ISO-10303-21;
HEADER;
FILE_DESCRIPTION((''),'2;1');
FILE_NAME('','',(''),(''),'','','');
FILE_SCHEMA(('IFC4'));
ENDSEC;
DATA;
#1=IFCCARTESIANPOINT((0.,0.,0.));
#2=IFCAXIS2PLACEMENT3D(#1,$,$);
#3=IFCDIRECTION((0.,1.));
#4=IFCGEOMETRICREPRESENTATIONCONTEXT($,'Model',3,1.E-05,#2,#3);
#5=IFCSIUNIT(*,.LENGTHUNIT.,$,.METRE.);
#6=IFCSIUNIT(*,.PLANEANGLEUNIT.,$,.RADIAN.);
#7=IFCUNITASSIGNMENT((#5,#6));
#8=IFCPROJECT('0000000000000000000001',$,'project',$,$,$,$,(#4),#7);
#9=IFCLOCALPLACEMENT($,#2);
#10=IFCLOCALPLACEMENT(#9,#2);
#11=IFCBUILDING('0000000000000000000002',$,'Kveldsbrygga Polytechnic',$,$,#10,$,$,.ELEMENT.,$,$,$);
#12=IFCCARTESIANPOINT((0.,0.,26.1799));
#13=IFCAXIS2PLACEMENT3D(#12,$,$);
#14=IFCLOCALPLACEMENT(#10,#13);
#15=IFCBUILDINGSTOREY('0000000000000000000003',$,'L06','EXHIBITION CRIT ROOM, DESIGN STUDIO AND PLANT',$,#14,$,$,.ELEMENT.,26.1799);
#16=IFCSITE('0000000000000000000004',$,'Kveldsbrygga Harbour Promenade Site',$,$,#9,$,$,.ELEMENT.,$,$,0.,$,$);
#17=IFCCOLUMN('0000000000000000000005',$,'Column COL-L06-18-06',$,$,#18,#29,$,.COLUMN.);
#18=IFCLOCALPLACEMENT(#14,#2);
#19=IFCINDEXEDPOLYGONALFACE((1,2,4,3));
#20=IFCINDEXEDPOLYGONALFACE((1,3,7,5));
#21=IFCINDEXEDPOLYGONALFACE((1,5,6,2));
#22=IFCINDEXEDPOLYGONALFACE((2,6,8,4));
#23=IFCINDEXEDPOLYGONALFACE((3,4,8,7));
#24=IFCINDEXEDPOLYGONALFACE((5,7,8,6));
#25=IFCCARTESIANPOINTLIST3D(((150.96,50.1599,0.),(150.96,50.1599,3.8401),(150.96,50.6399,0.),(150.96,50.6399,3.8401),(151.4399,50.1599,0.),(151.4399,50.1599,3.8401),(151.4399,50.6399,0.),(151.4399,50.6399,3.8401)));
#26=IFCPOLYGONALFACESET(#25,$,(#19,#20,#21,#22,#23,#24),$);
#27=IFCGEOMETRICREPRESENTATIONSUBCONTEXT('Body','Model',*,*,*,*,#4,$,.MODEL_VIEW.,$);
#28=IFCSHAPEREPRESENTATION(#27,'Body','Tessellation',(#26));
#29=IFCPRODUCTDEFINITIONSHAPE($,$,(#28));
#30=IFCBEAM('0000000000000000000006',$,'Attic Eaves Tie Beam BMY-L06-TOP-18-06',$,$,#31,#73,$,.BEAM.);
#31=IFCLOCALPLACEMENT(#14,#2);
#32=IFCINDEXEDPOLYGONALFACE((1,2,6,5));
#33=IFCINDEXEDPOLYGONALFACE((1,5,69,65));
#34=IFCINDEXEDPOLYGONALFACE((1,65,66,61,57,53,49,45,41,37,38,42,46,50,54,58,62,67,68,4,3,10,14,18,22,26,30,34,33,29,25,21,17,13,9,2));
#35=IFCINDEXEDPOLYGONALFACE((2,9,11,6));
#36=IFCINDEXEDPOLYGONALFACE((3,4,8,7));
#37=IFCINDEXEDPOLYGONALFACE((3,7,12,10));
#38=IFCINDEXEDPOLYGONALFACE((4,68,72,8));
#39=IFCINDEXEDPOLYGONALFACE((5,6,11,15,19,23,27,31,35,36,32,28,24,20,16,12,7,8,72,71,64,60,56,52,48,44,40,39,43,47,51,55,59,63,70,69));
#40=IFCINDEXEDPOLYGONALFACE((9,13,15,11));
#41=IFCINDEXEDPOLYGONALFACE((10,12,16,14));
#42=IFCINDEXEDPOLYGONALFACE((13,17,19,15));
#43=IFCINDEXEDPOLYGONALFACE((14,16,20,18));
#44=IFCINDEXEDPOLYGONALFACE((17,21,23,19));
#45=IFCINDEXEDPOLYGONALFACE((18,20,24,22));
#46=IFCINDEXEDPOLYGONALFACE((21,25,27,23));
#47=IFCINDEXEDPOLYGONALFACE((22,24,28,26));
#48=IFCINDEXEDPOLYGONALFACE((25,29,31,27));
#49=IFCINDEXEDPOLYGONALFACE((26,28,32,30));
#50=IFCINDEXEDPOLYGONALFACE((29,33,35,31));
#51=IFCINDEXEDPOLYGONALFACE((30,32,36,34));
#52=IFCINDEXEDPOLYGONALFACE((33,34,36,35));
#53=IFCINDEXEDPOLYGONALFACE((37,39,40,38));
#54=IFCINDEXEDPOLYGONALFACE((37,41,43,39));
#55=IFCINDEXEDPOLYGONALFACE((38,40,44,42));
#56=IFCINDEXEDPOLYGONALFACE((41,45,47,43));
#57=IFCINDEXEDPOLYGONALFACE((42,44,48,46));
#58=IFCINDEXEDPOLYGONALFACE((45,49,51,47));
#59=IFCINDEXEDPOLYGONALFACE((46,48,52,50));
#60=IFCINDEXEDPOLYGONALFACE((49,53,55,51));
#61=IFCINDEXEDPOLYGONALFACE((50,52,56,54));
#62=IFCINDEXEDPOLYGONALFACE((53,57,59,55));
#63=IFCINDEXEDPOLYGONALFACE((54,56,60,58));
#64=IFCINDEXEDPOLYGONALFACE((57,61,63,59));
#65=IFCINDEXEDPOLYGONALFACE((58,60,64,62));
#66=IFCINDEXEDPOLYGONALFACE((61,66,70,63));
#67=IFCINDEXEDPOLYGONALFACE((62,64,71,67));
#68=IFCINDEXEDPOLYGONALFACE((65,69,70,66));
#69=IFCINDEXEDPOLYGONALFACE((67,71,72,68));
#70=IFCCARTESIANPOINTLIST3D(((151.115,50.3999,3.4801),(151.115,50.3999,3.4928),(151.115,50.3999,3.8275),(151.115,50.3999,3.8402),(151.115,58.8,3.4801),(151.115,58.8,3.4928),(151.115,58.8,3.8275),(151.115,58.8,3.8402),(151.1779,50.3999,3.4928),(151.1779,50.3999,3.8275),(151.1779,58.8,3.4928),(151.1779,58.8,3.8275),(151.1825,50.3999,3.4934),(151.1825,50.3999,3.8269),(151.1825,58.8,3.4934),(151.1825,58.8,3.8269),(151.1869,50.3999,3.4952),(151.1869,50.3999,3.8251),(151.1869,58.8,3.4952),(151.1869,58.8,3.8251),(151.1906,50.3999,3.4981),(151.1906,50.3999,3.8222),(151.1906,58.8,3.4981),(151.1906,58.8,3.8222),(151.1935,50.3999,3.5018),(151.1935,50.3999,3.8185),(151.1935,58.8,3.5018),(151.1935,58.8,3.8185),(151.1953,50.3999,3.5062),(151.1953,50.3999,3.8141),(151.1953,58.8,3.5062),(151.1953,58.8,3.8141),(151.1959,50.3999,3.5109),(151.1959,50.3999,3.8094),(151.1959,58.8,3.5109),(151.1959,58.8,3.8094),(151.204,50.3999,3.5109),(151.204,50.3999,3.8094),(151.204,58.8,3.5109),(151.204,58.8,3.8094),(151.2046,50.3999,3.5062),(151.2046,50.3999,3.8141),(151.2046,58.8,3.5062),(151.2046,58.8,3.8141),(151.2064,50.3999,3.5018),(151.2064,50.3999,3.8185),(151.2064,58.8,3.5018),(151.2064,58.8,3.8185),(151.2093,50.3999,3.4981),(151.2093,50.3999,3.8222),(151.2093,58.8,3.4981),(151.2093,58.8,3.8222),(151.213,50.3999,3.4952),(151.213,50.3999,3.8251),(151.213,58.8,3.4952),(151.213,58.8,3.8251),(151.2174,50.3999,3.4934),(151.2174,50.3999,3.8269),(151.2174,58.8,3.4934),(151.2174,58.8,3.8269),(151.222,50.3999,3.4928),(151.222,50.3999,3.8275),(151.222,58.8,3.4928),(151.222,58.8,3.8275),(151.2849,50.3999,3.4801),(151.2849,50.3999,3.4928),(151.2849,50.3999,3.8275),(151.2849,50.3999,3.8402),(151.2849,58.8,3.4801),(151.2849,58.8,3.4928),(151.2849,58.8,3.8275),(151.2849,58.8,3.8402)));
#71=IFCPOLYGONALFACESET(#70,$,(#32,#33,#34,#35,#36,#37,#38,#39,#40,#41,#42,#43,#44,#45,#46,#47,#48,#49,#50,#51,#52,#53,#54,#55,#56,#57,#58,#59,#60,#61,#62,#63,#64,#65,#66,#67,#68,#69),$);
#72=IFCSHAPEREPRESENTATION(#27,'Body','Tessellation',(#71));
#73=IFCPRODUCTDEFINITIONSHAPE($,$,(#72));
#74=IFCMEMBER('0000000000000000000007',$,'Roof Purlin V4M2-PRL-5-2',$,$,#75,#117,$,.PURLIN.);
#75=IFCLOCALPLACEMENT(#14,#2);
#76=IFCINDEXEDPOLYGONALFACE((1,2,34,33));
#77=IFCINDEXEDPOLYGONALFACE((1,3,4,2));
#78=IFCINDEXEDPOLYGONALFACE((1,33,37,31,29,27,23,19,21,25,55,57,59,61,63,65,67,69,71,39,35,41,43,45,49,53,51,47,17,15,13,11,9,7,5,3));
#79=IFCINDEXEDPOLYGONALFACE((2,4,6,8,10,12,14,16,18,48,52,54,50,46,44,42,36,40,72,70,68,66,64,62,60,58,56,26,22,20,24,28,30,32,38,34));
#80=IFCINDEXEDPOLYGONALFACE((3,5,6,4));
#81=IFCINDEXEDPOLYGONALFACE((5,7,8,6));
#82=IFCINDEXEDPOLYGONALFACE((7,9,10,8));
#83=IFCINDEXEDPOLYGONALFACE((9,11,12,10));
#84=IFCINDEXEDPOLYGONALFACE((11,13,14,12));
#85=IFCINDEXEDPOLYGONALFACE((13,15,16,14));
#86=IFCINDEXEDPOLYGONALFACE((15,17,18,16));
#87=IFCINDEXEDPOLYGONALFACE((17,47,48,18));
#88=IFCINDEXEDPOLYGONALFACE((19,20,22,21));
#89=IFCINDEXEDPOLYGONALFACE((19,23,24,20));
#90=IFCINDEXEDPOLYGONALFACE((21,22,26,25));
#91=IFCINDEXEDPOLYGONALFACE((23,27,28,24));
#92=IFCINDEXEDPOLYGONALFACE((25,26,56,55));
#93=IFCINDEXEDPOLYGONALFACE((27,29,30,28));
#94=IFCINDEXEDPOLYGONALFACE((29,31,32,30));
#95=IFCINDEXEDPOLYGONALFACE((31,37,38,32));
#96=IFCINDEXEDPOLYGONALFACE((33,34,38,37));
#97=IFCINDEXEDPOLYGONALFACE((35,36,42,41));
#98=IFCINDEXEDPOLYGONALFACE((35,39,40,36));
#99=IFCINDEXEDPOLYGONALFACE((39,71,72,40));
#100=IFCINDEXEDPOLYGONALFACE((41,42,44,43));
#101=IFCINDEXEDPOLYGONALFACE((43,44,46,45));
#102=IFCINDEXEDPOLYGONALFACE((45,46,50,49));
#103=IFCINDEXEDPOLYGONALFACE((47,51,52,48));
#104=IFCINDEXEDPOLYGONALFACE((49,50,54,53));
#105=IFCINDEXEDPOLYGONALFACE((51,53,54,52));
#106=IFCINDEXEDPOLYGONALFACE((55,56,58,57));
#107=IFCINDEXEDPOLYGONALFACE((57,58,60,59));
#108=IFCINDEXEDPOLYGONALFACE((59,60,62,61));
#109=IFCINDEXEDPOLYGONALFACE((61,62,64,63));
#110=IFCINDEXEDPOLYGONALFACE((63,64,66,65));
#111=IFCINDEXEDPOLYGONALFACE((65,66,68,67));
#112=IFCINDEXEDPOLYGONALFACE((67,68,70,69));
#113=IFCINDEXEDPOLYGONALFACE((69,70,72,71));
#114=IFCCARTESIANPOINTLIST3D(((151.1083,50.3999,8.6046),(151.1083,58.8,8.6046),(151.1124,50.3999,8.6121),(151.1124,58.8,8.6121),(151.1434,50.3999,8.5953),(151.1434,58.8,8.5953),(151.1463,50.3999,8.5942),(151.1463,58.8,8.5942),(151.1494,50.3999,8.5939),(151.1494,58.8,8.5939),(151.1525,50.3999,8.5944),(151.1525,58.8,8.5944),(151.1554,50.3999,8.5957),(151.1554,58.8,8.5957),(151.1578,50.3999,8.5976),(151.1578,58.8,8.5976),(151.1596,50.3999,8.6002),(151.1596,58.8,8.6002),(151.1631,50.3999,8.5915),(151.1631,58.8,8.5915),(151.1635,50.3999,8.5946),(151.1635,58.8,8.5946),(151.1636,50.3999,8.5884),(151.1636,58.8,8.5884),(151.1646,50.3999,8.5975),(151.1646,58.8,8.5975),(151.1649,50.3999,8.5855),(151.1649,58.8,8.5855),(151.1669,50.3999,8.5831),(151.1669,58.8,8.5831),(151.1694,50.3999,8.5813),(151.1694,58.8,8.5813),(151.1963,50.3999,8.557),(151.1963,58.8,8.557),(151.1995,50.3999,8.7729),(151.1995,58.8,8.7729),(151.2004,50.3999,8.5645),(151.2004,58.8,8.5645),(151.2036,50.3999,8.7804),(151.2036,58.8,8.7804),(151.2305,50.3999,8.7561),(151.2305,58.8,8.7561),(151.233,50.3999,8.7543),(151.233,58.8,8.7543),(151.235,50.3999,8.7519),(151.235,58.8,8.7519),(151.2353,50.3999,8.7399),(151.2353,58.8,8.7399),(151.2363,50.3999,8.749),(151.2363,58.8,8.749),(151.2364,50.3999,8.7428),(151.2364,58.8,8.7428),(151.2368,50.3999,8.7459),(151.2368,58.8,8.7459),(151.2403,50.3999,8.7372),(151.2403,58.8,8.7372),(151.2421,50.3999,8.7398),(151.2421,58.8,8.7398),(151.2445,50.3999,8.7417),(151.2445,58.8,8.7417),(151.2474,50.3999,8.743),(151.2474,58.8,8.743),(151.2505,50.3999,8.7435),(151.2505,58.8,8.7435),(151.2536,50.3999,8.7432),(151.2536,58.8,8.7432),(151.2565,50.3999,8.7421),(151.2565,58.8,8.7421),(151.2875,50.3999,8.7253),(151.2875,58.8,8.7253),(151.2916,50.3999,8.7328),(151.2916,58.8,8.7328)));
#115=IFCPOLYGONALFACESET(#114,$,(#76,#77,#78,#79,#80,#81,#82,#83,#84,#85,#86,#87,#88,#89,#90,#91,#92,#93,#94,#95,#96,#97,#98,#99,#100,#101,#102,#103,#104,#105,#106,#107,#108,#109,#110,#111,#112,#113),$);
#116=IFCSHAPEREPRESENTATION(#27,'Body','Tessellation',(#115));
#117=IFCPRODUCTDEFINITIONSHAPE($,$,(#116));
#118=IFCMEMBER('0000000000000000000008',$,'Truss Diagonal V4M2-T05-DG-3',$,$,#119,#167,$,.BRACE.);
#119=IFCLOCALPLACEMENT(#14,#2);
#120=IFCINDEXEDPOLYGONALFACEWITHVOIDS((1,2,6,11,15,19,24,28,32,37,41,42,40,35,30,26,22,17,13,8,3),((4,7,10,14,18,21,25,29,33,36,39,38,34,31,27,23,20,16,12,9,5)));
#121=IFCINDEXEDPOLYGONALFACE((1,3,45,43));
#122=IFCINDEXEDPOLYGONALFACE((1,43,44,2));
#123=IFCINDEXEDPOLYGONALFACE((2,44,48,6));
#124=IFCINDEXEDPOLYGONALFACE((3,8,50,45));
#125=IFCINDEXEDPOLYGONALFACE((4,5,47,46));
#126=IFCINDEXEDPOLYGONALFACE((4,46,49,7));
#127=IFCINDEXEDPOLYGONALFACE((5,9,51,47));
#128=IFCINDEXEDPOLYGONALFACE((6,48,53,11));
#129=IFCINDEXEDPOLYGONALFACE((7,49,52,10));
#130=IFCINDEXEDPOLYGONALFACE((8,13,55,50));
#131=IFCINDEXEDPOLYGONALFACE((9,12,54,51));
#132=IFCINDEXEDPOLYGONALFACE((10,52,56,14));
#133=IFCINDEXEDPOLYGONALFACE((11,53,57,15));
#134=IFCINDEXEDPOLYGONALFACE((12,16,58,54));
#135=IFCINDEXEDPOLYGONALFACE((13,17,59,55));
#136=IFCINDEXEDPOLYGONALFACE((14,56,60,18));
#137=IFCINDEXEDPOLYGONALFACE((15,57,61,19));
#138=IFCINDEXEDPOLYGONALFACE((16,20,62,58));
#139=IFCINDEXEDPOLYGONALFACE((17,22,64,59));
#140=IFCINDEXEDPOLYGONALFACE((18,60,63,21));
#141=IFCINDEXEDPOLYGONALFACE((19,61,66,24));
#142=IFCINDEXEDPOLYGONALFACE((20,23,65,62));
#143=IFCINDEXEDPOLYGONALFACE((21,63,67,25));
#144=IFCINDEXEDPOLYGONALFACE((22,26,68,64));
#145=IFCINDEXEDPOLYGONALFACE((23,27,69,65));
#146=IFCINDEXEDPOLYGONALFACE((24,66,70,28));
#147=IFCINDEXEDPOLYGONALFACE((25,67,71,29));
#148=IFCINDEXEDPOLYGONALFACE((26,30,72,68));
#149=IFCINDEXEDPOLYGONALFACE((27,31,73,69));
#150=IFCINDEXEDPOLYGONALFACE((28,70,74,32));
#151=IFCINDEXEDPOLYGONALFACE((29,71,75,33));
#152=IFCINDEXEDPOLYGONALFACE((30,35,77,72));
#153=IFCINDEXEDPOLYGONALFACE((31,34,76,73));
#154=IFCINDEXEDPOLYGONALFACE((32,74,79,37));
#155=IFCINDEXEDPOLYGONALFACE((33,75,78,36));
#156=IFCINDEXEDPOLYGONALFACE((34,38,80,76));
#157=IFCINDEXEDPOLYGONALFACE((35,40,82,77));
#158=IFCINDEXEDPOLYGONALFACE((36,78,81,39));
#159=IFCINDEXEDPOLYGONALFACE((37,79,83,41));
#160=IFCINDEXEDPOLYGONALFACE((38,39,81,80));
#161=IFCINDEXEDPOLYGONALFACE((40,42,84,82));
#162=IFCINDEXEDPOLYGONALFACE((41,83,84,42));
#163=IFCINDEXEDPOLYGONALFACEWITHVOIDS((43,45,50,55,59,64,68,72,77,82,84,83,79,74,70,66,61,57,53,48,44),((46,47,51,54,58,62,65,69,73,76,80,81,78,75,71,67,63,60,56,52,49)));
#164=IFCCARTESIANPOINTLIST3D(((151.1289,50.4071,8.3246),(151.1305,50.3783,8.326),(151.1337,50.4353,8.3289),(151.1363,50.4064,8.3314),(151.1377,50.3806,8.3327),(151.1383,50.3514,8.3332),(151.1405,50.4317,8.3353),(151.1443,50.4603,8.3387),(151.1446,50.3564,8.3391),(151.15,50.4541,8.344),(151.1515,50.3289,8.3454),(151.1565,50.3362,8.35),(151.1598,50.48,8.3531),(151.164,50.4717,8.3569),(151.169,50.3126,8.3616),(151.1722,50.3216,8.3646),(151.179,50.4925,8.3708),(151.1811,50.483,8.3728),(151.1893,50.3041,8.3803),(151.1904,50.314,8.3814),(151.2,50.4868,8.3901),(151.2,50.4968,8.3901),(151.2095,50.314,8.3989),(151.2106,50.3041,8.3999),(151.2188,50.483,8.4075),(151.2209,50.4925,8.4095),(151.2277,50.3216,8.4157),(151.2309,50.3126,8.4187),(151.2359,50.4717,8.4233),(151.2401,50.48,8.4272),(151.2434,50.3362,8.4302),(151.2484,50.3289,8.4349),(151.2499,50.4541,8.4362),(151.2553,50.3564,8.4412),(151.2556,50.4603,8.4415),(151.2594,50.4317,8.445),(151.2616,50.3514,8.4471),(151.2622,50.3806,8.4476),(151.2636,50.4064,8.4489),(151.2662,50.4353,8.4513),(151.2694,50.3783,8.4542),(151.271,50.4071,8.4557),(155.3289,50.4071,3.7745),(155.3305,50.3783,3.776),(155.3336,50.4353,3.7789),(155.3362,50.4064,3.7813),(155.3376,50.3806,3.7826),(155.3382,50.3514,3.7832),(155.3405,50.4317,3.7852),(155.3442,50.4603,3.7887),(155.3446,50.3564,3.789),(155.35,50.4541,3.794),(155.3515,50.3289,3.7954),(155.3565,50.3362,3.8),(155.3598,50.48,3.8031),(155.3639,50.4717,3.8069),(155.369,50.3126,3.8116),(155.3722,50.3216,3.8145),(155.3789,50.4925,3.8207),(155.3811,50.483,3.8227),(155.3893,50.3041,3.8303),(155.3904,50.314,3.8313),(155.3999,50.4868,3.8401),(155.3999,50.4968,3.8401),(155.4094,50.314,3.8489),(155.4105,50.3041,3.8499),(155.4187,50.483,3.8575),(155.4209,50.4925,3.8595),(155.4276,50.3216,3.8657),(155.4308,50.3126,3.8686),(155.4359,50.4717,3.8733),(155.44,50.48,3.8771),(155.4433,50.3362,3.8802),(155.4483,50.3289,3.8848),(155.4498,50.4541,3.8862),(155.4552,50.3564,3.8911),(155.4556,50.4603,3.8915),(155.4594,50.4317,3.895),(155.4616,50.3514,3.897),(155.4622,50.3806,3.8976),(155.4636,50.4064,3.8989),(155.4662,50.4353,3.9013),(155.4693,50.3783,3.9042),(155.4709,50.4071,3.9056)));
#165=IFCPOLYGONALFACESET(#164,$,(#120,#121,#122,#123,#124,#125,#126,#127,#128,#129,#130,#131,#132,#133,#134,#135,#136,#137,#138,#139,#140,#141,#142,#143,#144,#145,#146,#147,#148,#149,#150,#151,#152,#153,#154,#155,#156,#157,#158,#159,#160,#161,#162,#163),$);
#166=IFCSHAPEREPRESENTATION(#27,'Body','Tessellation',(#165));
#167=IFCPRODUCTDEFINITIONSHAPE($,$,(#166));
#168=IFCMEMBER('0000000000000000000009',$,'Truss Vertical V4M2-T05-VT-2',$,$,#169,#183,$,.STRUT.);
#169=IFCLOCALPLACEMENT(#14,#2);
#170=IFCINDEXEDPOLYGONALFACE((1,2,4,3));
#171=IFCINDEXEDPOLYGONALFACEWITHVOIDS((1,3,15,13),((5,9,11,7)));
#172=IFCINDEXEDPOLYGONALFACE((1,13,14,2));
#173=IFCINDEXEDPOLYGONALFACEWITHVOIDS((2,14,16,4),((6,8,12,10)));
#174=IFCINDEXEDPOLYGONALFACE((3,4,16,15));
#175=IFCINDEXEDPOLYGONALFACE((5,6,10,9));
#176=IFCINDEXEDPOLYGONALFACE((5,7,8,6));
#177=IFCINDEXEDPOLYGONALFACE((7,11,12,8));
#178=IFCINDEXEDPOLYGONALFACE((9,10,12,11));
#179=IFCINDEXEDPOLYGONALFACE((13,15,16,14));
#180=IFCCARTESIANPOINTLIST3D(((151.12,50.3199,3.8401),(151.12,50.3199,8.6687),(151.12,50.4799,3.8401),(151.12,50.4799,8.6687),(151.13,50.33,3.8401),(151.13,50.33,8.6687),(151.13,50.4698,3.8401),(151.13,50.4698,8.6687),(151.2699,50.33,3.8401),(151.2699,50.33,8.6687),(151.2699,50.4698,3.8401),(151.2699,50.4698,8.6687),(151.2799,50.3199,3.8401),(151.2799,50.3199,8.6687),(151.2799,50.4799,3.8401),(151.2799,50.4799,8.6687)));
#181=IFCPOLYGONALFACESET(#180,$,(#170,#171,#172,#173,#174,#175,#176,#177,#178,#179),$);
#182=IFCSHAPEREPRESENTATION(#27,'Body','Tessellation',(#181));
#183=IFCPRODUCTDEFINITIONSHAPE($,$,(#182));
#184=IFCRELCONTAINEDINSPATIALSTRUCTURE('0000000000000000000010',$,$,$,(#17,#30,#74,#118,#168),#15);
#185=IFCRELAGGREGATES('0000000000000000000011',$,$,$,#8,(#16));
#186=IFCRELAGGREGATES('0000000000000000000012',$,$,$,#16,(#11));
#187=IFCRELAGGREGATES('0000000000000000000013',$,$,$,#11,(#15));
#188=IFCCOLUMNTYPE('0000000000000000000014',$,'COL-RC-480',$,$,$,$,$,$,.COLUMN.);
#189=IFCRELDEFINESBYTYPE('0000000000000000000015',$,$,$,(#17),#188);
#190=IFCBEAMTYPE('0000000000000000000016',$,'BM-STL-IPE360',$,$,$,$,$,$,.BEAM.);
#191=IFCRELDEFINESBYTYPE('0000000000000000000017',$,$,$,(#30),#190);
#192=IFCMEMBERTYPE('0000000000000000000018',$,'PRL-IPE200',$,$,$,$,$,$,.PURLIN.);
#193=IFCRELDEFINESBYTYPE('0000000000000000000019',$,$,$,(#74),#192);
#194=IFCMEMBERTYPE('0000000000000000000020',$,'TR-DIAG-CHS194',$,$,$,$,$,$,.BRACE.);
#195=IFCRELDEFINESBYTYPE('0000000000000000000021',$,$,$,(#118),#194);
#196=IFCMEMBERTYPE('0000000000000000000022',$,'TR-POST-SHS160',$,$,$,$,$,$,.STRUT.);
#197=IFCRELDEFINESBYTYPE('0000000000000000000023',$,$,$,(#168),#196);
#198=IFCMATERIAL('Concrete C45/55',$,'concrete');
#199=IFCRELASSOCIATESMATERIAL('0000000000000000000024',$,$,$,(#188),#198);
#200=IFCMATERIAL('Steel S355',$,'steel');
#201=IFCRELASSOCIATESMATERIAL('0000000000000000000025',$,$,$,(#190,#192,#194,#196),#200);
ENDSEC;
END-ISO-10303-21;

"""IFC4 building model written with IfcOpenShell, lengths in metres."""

from ifc_helpers import new_model, si_unit, direction, frame, origin, origin_2d, place, context, subcontext, project, spatial, rectangle, hollow_rectangle, hollow_circle, i_section, extrude, material, material_profile, profile_set, type_object, element, save


model = new_model("IFC4")

# Units and contexts
model_context = context("Model", 3, precision=1e-05, world=origin(), true_north=direction((0.0, 1.0)))
body_context = subcontext(model_context, "Body", "Model", "MODEL_VIEW")
ifc_project = project(units=[si_unit("LENGTHUNIT", "METRE"), si_unit("PLANEANGLEUNIT", "RADIAN")], contexts=[model_context])

# Site, building, storey
site_placement = place(None, origin())
site = spatial("IfcSite", under=ifc_project, at=site_placement, Name="Kveldsbrygga Harbour Promenade Site", CompositionType="ELEMENT", RefElevation=0.0)
building_placement = place(site_placement, origin())
building = spatial("IfcBuilding", under=site, at=building_placement, Name="Kveldsbrygga Polytechnic", CompositionType="ELEMENT")
storey_placement = place(building_placement, frame((0.0, 0.0, 26.1799)))
storey = spatial("IfcBuildingStorey", under=building, at=storey_placement, Name="L06", Description="EXHIBITION CRIT ROOM, DESIGN STUDIO AND PLANT", CompositionType="ELEMENT", Elevation=26.1799)

# Column
ifc_material_1 = material(Name="Concrete C45/55", Category="concrete")
ifc_material_profile_1 = material_profile(ifc_material_1, rectangle(XDim=0.48, YDim=0.48, at=origin_2d()), Name="RC 480x480")
ifc_profile_set_1 = profile_set([ifc_material_profile_1], Name="Concrete C45/55")
column_type = type_object("IfcColumnType", Name="COL-RC-480", PredefinedType="COLUMN", material=ifc_profile_set_1)
column_placement = place(storey_placement, frame((151.2, 50.3999, 0.0), z_axis=(0.0, 0.0, 1.0), x_axis=(1.0, 0.0, 0.0)))
element("IfcColumn", 1, at=column_placement, inside=storey, type_object=column_type, Name="Column COL-L06-18-06", PredefinedType="COLUMN", context=body_context, shape_type="SweptSolid", body=[
    extrude(rectangle(XDim=0.48, YDim=0.48, at=origin_2d()), origin(), (0.0, 0.0, 1.0), 3.8401),
])

# Beam
ifc_material_2 = material(Name="Steel S355", Category="steel")
ifc_material_profile_2 = material_profile(ifc_material_2, i_section(OverallWidth=0.1699, OverallDepth=0.3601, WebThickness=0.0081, FlangeThickness=0.0127, FilletRadius=0.0181, at=origin_2d()), Name="IPE 360")
ifc_profile_set_2 = profile_set([ifc_material_profile_2], Name="Steel S355")
beam_type = type_object("IfcBeamType", Name="BM-STL-IPE360", PredefinedType="BEAM", material=ifc_profile_set_2)
beam_placement = place(storey_placement, frame((151.2, 50.3999, 3.6602), z_axis=(0.0, 1.0, 0.0), x_axis=(-1.0, 0.0, 0.0)))
element("IfcBeam", 2, at=beam_placement, inside=storey, type_object=beam_type, Name="Attic Eaves Tie Beam BMY-L06-TOP-18-06", PredefinedType="BEAM", context=body_context, shape_type="SweptSolid", body=[
    extrude(i_section(OverallWidth=0.1699, OverallDepth=0.3601, WebThickness=0.0081, FlangeThickness=0.0127, FilletRadius=0.0181, at=origin_2d()), origin(), (0.0, 0.0, 1.0), 8.4001),
])

# Members
ifc_material_profile_3 = material_profile(ifc_material_2, i_section(OverallWidth=0.1001, OverallDepth=0.2, WebThickness=0.0056, FlangeThickness=0.0085, FilletRadius=0.012, at=origin_2d()), Name="IPE 200")
ifc_profile_set_3 = profile_set([ifc_material_profile_3], Name="Steel S355")
member_type_1 = type_object("IfcMemberType", Name="PRL-IPE200", PredefinedType="PURLIN", material=ifc_profile_set_3)
member_1_placement = place(storey_placement, frame((151.2, 50.3999, 8.6687), z_axis=(0.0, 1.0, 0.0), x_axis=(-0.879292, 0.0, 0.476283)))
element("IfcMember", 3, at=member_1_placement, inside=storey, type_object=member_type_1, Name="Roof Purlin V4M2-PRL-5-2", PredefinedType="PURLIN", context=body_context, shape_type="SweptSolid", body=[
    extrude(i_section(OverallWidth=0.1001, OverallDepth=0.2, WebThickness=0.0056, FlangeThickness=0.0085, FilletRadius=0.012, at=origin_2d()), origin(), (0.0, 0.0, 1.0), 8.4001),
])
ifc_material_profile_4 = material_profile(ifc_material_2, hollow_circle(Radius=0.0969, WallThickness=0.01, at=origin_2d()), Name="CHS 193.7x10.0")
ifc_profile_set_4 = profile_set([ifc_material_profile_4], Name="Steel S355")
member_type_2 = type_object("IfcMemberType", Name="TR-DIAG-CHS194", PredefinedType="BRACE", material=ifc_profile_set_4)
member_2_placement = place(storey_placement, frame((151.2, 50.3999, 8.3901), z_axis=(0.678272, 0.0, -0.734811), x_axis=(0.0, 1.0, 0.0)))
element("IfcMember", 4, at=member_2_placement, inside=storey, type_object=member_type_2, Name="Truss Diagonal V4M2-T05-DG-3", PredefinedType="BRACE", context=body_context, shape_type="SweptSolid", body=[
    extrude(hollow_circle(Radius=0.0969, WallThickness=0.01, at=origin_2d()), origin(), (0.0, 0.0, 1.0), 6.1921),
])
ifc_material_profile_5 = material_profile(ifc_material_2, hollow_rectangle(XDim=0.1599, YDim=0.1599, WallThickness=0.01, at=origin_2d()), Name="SHS 160x160x10.0")
ifc_profile_set_5 = profile_set([ifc_material_profile_5], Name="Steel S355")
member_type_3 = type_object("IfcMemberType", Name="TR-POST-SHS160", PredefinedType="STRUT", material=ifc_profile_set_5)
member_3_placement = place(storey_placement, frame((151.2, 50.3999, 3.8401), z_axis=(0.0, 0.0, 1.0), x_axis=(1.0, 0.0, 0.0)))
element("IfcMember", 5, at=member_3_placement, inside=storey, type_object=member_type_3, Name="Truss Vertical V4M2-T05-VT-2", PredefinedType="STRUT", context=body_context, shape_type="SweptSolid", body=[
    extrude(hollow_rectangle(XDim=0.1599, YDim=0.1599, WallThickness=0.01, at=origin_2d()), origin(), (0.0, 0.0, 1.0), 4.8286),
])

save(model, "model.ifc")
